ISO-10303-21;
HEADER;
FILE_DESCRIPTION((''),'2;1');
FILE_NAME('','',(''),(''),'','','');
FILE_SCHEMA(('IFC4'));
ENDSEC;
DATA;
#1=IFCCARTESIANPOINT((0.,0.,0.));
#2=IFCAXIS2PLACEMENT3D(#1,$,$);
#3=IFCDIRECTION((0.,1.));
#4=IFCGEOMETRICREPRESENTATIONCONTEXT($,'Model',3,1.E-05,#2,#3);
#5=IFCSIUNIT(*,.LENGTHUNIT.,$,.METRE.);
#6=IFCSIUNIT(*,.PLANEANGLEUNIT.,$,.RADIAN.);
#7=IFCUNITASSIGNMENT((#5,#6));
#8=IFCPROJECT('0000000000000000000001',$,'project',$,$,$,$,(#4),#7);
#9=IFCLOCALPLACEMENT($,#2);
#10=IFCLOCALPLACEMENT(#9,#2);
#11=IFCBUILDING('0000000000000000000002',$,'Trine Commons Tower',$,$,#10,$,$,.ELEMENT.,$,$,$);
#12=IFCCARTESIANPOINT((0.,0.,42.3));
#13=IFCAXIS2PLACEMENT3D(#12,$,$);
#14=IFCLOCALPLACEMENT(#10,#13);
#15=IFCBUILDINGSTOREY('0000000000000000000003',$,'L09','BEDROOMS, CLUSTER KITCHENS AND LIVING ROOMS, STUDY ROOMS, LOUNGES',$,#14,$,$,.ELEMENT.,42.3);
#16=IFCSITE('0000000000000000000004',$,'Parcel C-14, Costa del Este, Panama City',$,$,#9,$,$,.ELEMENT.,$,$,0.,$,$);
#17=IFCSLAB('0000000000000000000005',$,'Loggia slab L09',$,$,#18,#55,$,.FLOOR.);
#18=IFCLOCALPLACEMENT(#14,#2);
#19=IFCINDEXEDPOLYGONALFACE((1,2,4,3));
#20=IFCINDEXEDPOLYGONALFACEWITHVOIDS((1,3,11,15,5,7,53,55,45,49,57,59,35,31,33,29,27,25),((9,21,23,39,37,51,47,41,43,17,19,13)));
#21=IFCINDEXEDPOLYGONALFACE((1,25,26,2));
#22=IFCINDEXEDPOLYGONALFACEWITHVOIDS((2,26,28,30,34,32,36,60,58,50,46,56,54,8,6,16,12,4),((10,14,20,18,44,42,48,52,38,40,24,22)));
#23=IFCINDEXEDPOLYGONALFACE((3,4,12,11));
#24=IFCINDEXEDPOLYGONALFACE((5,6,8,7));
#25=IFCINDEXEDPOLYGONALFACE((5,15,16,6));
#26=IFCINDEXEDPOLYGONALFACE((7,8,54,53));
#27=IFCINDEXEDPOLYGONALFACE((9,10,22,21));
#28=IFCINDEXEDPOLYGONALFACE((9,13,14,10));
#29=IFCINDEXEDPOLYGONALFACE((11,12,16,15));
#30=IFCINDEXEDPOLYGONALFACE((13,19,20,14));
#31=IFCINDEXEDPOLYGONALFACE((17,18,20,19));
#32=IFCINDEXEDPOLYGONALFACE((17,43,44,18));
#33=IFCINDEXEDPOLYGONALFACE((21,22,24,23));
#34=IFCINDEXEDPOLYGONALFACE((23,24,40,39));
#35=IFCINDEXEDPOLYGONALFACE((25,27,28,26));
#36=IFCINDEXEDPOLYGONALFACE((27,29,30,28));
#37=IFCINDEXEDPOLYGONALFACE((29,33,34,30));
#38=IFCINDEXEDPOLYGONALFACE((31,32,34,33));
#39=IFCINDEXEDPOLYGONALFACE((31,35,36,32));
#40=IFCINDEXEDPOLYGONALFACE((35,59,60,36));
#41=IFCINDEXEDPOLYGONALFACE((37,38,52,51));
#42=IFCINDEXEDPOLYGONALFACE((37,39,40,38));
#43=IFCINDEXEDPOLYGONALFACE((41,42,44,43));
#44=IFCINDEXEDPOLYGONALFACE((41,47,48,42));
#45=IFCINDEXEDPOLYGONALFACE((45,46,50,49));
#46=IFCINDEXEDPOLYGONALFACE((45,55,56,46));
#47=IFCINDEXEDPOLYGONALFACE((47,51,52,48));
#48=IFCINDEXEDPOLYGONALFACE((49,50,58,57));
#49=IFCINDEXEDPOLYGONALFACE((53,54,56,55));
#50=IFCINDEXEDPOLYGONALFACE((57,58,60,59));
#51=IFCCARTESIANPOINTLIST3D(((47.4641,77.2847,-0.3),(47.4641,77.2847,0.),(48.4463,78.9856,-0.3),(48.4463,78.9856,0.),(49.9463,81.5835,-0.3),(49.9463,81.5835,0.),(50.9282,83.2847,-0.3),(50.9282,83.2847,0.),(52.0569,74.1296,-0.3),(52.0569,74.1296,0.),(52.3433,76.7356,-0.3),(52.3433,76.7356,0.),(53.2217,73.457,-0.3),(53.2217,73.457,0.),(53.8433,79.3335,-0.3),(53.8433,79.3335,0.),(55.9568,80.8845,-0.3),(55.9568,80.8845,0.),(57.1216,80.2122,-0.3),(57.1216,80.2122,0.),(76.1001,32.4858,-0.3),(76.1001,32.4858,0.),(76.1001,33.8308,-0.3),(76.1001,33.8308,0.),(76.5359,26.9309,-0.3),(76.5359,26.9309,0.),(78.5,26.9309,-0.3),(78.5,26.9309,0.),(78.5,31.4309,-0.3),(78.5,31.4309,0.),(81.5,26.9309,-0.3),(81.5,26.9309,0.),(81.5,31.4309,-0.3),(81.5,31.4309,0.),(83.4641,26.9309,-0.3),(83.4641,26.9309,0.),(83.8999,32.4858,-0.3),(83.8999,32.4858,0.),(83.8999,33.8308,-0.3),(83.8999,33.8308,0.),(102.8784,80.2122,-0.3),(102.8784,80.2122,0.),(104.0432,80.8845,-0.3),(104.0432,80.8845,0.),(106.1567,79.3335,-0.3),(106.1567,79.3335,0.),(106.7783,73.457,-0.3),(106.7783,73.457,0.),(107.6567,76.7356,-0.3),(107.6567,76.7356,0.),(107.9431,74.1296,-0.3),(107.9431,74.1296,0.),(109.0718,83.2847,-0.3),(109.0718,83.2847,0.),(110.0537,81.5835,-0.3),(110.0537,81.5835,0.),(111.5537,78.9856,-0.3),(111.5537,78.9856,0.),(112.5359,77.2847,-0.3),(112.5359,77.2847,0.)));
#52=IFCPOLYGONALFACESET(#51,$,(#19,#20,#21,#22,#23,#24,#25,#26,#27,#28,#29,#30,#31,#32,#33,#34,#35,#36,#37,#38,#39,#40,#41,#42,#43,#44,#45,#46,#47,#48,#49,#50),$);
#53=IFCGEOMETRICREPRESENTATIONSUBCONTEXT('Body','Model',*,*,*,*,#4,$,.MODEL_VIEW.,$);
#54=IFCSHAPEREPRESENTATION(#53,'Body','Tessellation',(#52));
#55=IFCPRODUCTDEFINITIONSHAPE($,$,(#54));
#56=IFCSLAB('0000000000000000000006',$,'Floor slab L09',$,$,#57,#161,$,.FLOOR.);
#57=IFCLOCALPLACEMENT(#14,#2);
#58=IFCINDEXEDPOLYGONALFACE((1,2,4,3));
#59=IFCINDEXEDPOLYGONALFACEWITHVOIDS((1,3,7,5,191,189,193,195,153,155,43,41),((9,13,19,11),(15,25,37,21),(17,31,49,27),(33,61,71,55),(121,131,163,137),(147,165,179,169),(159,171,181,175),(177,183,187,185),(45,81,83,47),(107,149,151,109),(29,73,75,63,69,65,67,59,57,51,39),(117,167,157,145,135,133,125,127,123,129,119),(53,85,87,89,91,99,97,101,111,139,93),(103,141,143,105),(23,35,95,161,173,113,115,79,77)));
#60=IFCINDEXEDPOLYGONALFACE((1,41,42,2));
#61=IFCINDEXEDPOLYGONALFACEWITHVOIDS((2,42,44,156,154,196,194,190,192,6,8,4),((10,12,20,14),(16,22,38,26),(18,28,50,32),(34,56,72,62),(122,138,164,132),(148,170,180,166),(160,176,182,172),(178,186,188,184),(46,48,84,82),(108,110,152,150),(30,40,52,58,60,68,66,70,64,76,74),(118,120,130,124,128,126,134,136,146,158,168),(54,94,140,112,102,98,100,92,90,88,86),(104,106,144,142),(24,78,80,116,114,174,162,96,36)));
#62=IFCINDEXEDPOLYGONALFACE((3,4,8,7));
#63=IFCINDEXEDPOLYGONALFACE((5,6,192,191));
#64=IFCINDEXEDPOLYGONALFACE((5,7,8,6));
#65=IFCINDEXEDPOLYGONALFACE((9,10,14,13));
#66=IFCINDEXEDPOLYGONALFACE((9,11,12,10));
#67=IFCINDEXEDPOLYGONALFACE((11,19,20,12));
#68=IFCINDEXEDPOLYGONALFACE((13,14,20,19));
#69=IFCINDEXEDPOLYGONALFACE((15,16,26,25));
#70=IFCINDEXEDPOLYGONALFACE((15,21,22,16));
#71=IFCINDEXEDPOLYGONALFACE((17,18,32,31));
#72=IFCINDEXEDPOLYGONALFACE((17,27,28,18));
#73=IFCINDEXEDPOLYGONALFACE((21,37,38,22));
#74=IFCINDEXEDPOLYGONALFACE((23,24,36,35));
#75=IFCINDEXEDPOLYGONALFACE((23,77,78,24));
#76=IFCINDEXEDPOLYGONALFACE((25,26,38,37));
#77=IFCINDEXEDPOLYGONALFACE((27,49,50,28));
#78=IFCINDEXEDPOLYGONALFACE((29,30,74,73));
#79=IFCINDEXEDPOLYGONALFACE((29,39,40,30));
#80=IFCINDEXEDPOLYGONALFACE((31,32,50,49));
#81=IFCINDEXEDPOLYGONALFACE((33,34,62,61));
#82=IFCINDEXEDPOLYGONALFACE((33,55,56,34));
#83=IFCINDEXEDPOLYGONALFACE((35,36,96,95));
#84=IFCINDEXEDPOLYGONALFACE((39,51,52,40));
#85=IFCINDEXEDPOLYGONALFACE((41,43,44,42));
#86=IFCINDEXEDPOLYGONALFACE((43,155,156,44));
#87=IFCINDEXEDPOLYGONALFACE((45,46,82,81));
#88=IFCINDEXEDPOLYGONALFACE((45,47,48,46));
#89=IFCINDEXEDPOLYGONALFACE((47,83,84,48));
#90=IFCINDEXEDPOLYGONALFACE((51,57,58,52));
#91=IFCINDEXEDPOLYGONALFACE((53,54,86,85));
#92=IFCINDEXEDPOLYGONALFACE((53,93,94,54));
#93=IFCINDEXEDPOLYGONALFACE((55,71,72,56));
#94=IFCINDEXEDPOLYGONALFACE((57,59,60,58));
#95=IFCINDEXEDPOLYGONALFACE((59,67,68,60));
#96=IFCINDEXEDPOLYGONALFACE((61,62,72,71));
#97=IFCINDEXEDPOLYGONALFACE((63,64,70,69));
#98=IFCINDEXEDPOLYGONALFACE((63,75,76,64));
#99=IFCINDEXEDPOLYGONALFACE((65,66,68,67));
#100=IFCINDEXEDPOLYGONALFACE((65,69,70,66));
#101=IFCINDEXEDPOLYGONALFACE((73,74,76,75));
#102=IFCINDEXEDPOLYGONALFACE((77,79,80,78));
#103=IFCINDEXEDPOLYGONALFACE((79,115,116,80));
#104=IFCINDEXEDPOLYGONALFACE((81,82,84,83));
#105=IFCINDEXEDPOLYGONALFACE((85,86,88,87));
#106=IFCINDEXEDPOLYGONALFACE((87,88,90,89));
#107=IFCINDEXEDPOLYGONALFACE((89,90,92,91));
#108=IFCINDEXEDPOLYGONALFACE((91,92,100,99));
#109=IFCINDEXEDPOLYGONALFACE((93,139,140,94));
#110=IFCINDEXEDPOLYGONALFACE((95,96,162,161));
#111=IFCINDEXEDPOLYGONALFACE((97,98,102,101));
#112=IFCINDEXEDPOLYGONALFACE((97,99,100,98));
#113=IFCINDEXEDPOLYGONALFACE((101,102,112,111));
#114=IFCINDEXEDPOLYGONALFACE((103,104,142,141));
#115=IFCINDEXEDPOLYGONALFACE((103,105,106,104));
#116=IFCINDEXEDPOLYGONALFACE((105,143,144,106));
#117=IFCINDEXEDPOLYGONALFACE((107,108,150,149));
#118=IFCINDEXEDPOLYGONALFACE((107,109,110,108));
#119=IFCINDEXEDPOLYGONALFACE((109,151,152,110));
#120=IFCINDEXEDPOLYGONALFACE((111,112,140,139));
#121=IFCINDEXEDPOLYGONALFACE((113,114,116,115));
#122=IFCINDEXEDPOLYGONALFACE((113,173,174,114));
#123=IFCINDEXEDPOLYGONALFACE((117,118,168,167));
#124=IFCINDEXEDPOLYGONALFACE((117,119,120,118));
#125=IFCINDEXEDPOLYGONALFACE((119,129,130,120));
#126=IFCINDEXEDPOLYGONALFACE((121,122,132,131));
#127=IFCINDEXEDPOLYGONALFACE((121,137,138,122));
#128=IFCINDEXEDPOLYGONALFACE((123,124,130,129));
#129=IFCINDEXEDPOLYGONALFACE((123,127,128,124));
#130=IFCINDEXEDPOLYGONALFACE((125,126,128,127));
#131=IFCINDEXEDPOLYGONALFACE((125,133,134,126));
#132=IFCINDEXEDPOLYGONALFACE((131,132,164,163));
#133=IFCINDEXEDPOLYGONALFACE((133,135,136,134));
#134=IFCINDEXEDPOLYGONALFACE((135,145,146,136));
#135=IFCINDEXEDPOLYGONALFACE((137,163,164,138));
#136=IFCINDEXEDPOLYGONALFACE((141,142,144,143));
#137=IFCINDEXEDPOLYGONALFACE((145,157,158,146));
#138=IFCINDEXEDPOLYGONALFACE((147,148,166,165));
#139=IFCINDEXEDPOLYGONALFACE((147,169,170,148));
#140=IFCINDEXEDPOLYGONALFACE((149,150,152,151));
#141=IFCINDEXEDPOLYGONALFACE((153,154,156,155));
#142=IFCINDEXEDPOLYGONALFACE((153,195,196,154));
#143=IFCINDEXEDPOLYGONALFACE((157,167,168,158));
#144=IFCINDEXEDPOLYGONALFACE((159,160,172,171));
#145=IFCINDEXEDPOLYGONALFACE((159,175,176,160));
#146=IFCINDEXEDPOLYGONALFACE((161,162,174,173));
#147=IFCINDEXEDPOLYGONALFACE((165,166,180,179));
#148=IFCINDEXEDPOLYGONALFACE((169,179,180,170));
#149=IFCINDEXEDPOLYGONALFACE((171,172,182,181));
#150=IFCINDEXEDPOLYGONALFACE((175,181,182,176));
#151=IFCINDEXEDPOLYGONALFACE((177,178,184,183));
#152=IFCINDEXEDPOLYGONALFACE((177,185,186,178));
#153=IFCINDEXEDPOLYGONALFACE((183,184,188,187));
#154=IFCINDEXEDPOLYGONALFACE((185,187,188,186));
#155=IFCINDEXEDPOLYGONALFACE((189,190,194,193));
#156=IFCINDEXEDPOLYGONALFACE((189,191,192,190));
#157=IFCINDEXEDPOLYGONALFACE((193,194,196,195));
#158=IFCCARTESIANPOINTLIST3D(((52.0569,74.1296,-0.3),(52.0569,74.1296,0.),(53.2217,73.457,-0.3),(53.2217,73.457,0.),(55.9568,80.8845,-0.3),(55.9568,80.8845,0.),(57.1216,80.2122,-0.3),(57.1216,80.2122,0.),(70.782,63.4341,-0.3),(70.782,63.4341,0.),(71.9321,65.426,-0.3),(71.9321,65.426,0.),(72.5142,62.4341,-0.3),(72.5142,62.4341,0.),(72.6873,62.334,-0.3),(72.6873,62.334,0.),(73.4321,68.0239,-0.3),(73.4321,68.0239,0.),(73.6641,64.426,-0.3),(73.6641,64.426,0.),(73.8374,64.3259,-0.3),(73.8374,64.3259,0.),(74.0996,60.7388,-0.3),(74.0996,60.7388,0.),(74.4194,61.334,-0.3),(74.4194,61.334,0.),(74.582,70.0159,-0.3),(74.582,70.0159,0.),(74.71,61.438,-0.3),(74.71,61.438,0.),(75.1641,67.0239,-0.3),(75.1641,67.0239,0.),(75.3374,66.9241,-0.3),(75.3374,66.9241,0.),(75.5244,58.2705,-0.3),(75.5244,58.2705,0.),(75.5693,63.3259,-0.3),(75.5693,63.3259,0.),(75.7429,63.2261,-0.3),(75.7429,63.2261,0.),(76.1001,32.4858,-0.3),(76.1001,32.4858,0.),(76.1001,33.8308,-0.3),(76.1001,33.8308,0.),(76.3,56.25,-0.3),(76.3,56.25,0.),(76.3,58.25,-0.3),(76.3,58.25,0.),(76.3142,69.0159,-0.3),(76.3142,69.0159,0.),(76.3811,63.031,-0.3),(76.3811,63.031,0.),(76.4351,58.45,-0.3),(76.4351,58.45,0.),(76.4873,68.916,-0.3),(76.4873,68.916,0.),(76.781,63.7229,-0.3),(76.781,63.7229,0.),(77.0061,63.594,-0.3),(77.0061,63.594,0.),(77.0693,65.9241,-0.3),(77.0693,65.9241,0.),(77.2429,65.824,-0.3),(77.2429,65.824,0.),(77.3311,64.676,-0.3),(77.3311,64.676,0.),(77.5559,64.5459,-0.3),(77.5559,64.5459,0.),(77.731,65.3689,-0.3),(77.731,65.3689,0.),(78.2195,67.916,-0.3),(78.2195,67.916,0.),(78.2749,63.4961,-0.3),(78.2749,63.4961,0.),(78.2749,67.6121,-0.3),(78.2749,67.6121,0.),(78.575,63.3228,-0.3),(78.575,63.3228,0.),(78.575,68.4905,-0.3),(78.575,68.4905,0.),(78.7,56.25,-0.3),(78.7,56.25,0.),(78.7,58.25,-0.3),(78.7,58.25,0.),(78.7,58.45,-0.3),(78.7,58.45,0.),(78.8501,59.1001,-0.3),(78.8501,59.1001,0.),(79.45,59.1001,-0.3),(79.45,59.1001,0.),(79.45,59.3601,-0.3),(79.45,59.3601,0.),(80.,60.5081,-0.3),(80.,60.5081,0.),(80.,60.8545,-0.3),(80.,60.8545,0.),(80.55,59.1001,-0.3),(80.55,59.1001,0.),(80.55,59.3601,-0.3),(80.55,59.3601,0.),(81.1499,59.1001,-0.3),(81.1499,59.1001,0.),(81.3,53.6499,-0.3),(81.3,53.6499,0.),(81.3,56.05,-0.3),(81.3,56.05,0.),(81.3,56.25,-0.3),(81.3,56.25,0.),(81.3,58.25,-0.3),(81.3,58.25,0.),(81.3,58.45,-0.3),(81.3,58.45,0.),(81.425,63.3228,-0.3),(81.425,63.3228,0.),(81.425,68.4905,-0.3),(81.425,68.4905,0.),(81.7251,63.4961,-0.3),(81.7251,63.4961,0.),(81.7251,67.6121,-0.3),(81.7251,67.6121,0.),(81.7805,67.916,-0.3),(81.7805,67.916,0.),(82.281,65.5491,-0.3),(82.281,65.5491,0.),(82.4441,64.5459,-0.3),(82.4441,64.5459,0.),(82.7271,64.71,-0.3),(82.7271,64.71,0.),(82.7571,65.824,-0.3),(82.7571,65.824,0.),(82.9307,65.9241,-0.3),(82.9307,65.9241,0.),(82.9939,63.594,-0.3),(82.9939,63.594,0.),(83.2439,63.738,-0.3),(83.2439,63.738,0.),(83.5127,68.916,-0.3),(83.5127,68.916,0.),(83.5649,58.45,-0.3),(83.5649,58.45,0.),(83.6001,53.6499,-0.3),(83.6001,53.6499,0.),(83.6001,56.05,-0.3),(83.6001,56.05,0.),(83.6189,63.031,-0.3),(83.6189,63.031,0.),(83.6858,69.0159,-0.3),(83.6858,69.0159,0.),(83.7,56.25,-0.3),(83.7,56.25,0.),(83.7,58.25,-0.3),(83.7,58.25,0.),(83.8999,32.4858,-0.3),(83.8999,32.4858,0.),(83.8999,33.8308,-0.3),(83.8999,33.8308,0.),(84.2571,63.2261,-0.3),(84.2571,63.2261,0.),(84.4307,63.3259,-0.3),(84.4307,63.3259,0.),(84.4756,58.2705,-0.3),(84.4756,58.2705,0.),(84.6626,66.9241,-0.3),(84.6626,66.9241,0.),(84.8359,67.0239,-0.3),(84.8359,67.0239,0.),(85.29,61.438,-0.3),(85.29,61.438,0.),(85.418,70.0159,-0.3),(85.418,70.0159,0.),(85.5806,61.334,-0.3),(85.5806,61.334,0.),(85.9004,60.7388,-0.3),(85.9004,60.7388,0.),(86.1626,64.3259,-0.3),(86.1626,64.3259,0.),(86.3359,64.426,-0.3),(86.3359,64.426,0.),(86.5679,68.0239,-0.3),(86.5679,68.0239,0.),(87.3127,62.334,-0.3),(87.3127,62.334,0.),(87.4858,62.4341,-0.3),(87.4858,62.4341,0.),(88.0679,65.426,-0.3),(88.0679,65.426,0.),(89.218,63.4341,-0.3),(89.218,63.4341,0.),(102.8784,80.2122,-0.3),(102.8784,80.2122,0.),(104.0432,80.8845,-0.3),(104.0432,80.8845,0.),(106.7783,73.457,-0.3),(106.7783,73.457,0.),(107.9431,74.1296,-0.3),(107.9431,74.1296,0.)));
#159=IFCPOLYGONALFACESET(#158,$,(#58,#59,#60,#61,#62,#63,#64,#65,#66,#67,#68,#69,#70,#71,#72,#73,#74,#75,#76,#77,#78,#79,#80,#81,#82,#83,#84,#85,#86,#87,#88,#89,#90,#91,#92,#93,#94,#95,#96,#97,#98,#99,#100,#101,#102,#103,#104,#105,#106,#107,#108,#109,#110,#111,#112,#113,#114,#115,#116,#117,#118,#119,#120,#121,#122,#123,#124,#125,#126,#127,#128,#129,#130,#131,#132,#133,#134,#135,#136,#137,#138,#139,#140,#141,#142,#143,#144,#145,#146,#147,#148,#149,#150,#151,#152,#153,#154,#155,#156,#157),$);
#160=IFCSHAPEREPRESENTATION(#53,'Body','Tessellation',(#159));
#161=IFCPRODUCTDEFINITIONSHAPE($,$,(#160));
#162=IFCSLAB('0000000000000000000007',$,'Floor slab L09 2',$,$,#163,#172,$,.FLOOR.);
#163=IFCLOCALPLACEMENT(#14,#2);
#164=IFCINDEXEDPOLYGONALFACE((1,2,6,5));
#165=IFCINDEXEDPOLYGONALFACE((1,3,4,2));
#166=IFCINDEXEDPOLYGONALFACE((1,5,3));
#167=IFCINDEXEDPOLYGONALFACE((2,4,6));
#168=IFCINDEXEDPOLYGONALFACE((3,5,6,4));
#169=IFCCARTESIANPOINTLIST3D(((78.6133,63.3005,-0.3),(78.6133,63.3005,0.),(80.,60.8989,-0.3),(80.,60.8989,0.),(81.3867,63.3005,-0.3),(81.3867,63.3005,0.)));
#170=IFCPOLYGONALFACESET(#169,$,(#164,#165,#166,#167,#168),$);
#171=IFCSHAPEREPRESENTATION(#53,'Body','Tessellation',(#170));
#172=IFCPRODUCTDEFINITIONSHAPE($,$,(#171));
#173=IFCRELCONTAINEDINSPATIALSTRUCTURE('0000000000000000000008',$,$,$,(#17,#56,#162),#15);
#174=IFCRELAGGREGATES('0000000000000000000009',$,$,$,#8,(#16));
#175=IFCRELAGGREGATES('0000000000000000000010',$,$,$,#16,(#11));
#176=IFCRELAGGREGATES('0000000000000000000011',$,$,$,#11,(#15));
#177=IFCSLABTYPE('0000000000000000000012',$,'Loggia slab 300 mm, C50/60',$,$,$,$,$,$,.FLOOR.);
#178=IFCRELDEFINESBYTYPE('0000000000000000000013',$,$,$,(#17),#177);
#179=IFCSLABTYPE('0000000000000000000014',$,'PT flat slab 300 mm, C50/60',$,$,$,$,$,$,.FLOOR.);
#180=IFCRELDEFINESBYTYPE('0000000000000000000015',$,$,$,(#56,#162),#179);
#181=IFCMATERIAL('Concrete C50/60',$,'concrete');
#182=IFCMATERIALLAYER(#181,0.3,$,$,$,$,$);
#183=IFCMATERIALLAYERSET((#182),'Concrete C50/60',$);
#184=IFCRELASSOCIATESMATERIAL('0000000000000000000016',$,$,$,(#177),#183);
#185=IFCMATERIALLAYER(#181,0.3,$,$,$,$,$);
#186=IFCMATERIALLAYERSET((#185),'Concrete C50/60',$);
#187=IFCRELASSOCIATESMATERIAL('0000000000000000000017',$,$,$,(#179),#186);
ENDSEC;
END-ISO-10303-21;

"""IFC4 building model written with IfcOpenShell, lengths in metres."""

from ifc_helpers import new_model, si_unit, direction, frame, origin, place, context, subcontext, project, spatial, polyline, outline, extrude, material, layer, layer_set, type_object, element, save


model = new_model("IFC4")

# Units and contexts
model_context = context("Model", 3, precision=1e-05, world=origin(), true_north=direction((0.0, 1.0)))
body_context = subcontext(model_context, "Body", "Model", "MODEL_VIEW")
ifc_project = project(units=[si_unit("LENGTHUNIT", "METRE"), si_unit("PLANEANGLEUNIT", "RADIAN")], contexts=[model_context])

# Site, building, storey
site_placement = place(None, origin())
site = spatial("IfcSite", under=ifc_project, at=site_placement, Name="Parcel C-14, Costa del Este, Panama City", CompositionType="ELEMENT", RefElevation=0.0)
building_placement = place(site_placement, origin())
building = spatial("IfcBuilding", under=site, at=building_placement, Name="Trine Commons Tower", CompositionType="ELEMENT")
storey_placement = place(building_placement, frame((0.0, 0.0, 42.3)))
storey = spatial("IfcBuildingStorey", under=building, at=storey_placement, Name="L09", Description="BEDROOMS, CLUSTER KITCHENS AND LIVING ROOMS, STUDY ROOMS, LOUNGES", CompositionType="ELEMENT", Elevation=42.3)

# Slabs
ifc_material_1 = material(Name="Concrete C50/60", Category="concrete")
ifc_layer_1 = layer(ifc_material_1, 0.3)
ifc_layer_set_1 = layer_set([ifc_layer_1], Name="Concrete C50/60")
slab_type_1 = type_object("IfcSlabType", Name="Loggia slab 300 mm, C50/60", PredefinedType="FLOOR", material=ifc_layer_set_1)
slab_1_placement = place(storey_placement, frame((0.0, 0.0, -0.3)))
element("IfcSlab", 1, at=slab_1_placement, inside=storey, type_object=slab_type_1, Name="Loggia slab L09", PredefinedType="FLOOR", context=body_context, shape_type="SweptSolid", body=[
    extrude(outline(polyline([(83.4641, 26.9309), (112.5359, 77.2847), (111.5537, 78.9856), (107.6567, 76.7356), (106.1567, 79.3335), (110.0537, 81.5835), (109.0718, 83.2847), (50.9282, 83.2847), (49.9463, 81.5835), (53.8433, 79.3335), (52.3433, 76.7356), (48.4463, 78.9856), (47.4641, 77.2847), (76.5359, 26.9309), (78.5, 26.9309), (78.5, 31.4309), (81.5, 31.4309), (81.5, 26.9309), (83.4641, 26.9309)]), holes=[polyline([(76.1001, 32.4858), (76.1001, 33.8308), (83.8999, 33.8308), (83.8999, 32.4858), (107.9431, 74.1296), (106.7783, 73.457), (102.8784, 80.2122), (104.0432, 80.8845), (55.9568, 80.8845), (57.1216, 80.2122), (53.2217, 73.457), (52.0569, 74.1296), (76.1001, 32.4858)])]), origin(), (0.0, 0.0, 1.0), 0.3),
])
ifc_layer_2 = layer(ifc_material_1, 0.3)
ifc_layer_set_2 = layer_set([ifc_layer_2], Name="Concrete C50/60")
slab_type_2 = type_object("IfcSlabType", Name="PT flat slab 300 mm, C50/60", PredefinedType="FLOOR", material=ifc_layer_set_2)
slab_2_placement = place(storey_placement, frame((0.0, 0.0, -0.3)))
element("IfcSlab", 2, at=slab_2_placement, inside=storey, type_object=slab_type_2, Name="Floor slab L09", PredefinedType="FLOOR", context=body_context, shape_type="SweptSolid", body=[
    extrude(outline(polyline([(52.0569, 74.1296), (76.1001, 32.4858), (76.1001, 33.8308), (83.8999, 33.8308), (83.8999, 32.4858), (107.9431, 74.1296), (106.7783, 73.457), (102.8784, 80.2122), (104.0432, 80.8845), (55.9568, 80.8845), (57.1216, 80.2122), (53.2217, 73.457), (52.0569, 74.1296)]), holes=[polyline([(76.3, 56.25), (78.7, 56.25), (78.7, 58.25), (76.3, 58.25), (76.3, 56.25)]), polyline([(81.1499, 59.1001), (81.3, 58.45), (83.5649, 58.45), (80.0, 60.5081), (76.4351, 58.45), (78.7, 58.45), (78.8501, 59.1001), (79.45, 59.1001), (79.45, 59.3601), (80.55, 59.3601), (80.55, 59.1001), (81.1499, 59.1001)]), polyline([(80.0, 60.8545), (84.4756, 58.2705), (85.9004, 60.7388), (81.425, 63.3228), (81.425, 68.4905), (78.575, 68.4905), (78.575, 63.3228), (74.0996, 60.7388), (75.5244, 58.2705), (80.0, 60.8545)]), polyline([(73.8374, 64.3259), (72.6873, 62.334), (74.4194, 61.334), (75.5693, 63.3259), (73.8374, 64.3259)]), polyline([(71.9321, 65.426), (70.782, 63.4341), (72.5142, 62.4341), (73.6641, 64.426), (71.9321, 65.426)]), polyline([(76.781, 63.7229), (76.3811, 63.031), (75.7429, 63.2261), (74.71, 61.438), (78.2749, 63.4961), (78.2749, 67.6121), (77.2429, 65.824), (77.731, 65.3689), (77.3311, 64.676), (77.5559, 64.5459), (77.0061, 63.594), (76.781, 63.7229)]), polyline([(76.4873, 68.916), (75.3374, 66.9241), (77.0693, 65.9241), (78.2195, 67.916), (76.4873, 68.916)]), polyline([(74.582, 70.0159), (73.4321, 68.0239), (75.1641, 67.0239), (76.3142, 69.0159), (74.582, 70.0159)]), polyline([(81.3, 53.6499), (83.6001, 53.6499), (83.6001, 56.05), (81.3, 56.05), (81.3, 53.6499)]), polyline([(81.3, 56.25), (83.7, 56.25), (83.7, 58.25), (81.3, 58.25), (81.3, 56.25)]), polyline([(87.3127, 62.334), (86.1626, 64.3259), (84.4307, 63.3259), (85.5806, 61.334), (87.3127, 62.334)]), polyline([(89.218, 63.4341), (88.0679, 65.426), (86.3359, 64.426), (87.4858, 62.4341), (89.218, 63.4341)]), polyline([(83.2439, 63.738), (82.9939, 63.594), (82.4441, 64.5459), (82.7271, 64.71), (82.281, 65.5491), (82.7571, 65.824), (81.7251, 67.6121), (81.7251, 63.4961), (85.29, 61.438), (84.2571, 63.2261), (83.6189, 63.031), (83.2439, 63.738)]), polyline([(82.9307, 65.9241), (84.6626, 66.9241), (83.5127, 68.916), (81.7805, 67.916), (82.9307, 65.9241)]), polyline([(84.8359, 67.0239), (86.5679, 68.0239), (85.418, 70.0159), (83.6858, 69.0159), (84.8359, 67.0239)])]), origin(), (0.0, 0.0, 1.0), 0.3),
])
slab_3_placement = place(storey_placement, frame((0.0, 0.0, -0.3)))
element("IfcSlab", 3, at=slab_3_placement, inside=storey, type_object=slab_type_2, Name="Floor slab L09 2", PredefinedType="FLOOR", context=body_context, shape_type="SweptSolid", body=[
    extrude(outline(polyline([(78.6133, 63.3005), (80.0, 60.8989), (81.3867, 63.3005), (78.6133, 63.3005)])), origin(), (0.0, 0.0, 1.0), 0.3),
])

save(model, "model.ifc")
